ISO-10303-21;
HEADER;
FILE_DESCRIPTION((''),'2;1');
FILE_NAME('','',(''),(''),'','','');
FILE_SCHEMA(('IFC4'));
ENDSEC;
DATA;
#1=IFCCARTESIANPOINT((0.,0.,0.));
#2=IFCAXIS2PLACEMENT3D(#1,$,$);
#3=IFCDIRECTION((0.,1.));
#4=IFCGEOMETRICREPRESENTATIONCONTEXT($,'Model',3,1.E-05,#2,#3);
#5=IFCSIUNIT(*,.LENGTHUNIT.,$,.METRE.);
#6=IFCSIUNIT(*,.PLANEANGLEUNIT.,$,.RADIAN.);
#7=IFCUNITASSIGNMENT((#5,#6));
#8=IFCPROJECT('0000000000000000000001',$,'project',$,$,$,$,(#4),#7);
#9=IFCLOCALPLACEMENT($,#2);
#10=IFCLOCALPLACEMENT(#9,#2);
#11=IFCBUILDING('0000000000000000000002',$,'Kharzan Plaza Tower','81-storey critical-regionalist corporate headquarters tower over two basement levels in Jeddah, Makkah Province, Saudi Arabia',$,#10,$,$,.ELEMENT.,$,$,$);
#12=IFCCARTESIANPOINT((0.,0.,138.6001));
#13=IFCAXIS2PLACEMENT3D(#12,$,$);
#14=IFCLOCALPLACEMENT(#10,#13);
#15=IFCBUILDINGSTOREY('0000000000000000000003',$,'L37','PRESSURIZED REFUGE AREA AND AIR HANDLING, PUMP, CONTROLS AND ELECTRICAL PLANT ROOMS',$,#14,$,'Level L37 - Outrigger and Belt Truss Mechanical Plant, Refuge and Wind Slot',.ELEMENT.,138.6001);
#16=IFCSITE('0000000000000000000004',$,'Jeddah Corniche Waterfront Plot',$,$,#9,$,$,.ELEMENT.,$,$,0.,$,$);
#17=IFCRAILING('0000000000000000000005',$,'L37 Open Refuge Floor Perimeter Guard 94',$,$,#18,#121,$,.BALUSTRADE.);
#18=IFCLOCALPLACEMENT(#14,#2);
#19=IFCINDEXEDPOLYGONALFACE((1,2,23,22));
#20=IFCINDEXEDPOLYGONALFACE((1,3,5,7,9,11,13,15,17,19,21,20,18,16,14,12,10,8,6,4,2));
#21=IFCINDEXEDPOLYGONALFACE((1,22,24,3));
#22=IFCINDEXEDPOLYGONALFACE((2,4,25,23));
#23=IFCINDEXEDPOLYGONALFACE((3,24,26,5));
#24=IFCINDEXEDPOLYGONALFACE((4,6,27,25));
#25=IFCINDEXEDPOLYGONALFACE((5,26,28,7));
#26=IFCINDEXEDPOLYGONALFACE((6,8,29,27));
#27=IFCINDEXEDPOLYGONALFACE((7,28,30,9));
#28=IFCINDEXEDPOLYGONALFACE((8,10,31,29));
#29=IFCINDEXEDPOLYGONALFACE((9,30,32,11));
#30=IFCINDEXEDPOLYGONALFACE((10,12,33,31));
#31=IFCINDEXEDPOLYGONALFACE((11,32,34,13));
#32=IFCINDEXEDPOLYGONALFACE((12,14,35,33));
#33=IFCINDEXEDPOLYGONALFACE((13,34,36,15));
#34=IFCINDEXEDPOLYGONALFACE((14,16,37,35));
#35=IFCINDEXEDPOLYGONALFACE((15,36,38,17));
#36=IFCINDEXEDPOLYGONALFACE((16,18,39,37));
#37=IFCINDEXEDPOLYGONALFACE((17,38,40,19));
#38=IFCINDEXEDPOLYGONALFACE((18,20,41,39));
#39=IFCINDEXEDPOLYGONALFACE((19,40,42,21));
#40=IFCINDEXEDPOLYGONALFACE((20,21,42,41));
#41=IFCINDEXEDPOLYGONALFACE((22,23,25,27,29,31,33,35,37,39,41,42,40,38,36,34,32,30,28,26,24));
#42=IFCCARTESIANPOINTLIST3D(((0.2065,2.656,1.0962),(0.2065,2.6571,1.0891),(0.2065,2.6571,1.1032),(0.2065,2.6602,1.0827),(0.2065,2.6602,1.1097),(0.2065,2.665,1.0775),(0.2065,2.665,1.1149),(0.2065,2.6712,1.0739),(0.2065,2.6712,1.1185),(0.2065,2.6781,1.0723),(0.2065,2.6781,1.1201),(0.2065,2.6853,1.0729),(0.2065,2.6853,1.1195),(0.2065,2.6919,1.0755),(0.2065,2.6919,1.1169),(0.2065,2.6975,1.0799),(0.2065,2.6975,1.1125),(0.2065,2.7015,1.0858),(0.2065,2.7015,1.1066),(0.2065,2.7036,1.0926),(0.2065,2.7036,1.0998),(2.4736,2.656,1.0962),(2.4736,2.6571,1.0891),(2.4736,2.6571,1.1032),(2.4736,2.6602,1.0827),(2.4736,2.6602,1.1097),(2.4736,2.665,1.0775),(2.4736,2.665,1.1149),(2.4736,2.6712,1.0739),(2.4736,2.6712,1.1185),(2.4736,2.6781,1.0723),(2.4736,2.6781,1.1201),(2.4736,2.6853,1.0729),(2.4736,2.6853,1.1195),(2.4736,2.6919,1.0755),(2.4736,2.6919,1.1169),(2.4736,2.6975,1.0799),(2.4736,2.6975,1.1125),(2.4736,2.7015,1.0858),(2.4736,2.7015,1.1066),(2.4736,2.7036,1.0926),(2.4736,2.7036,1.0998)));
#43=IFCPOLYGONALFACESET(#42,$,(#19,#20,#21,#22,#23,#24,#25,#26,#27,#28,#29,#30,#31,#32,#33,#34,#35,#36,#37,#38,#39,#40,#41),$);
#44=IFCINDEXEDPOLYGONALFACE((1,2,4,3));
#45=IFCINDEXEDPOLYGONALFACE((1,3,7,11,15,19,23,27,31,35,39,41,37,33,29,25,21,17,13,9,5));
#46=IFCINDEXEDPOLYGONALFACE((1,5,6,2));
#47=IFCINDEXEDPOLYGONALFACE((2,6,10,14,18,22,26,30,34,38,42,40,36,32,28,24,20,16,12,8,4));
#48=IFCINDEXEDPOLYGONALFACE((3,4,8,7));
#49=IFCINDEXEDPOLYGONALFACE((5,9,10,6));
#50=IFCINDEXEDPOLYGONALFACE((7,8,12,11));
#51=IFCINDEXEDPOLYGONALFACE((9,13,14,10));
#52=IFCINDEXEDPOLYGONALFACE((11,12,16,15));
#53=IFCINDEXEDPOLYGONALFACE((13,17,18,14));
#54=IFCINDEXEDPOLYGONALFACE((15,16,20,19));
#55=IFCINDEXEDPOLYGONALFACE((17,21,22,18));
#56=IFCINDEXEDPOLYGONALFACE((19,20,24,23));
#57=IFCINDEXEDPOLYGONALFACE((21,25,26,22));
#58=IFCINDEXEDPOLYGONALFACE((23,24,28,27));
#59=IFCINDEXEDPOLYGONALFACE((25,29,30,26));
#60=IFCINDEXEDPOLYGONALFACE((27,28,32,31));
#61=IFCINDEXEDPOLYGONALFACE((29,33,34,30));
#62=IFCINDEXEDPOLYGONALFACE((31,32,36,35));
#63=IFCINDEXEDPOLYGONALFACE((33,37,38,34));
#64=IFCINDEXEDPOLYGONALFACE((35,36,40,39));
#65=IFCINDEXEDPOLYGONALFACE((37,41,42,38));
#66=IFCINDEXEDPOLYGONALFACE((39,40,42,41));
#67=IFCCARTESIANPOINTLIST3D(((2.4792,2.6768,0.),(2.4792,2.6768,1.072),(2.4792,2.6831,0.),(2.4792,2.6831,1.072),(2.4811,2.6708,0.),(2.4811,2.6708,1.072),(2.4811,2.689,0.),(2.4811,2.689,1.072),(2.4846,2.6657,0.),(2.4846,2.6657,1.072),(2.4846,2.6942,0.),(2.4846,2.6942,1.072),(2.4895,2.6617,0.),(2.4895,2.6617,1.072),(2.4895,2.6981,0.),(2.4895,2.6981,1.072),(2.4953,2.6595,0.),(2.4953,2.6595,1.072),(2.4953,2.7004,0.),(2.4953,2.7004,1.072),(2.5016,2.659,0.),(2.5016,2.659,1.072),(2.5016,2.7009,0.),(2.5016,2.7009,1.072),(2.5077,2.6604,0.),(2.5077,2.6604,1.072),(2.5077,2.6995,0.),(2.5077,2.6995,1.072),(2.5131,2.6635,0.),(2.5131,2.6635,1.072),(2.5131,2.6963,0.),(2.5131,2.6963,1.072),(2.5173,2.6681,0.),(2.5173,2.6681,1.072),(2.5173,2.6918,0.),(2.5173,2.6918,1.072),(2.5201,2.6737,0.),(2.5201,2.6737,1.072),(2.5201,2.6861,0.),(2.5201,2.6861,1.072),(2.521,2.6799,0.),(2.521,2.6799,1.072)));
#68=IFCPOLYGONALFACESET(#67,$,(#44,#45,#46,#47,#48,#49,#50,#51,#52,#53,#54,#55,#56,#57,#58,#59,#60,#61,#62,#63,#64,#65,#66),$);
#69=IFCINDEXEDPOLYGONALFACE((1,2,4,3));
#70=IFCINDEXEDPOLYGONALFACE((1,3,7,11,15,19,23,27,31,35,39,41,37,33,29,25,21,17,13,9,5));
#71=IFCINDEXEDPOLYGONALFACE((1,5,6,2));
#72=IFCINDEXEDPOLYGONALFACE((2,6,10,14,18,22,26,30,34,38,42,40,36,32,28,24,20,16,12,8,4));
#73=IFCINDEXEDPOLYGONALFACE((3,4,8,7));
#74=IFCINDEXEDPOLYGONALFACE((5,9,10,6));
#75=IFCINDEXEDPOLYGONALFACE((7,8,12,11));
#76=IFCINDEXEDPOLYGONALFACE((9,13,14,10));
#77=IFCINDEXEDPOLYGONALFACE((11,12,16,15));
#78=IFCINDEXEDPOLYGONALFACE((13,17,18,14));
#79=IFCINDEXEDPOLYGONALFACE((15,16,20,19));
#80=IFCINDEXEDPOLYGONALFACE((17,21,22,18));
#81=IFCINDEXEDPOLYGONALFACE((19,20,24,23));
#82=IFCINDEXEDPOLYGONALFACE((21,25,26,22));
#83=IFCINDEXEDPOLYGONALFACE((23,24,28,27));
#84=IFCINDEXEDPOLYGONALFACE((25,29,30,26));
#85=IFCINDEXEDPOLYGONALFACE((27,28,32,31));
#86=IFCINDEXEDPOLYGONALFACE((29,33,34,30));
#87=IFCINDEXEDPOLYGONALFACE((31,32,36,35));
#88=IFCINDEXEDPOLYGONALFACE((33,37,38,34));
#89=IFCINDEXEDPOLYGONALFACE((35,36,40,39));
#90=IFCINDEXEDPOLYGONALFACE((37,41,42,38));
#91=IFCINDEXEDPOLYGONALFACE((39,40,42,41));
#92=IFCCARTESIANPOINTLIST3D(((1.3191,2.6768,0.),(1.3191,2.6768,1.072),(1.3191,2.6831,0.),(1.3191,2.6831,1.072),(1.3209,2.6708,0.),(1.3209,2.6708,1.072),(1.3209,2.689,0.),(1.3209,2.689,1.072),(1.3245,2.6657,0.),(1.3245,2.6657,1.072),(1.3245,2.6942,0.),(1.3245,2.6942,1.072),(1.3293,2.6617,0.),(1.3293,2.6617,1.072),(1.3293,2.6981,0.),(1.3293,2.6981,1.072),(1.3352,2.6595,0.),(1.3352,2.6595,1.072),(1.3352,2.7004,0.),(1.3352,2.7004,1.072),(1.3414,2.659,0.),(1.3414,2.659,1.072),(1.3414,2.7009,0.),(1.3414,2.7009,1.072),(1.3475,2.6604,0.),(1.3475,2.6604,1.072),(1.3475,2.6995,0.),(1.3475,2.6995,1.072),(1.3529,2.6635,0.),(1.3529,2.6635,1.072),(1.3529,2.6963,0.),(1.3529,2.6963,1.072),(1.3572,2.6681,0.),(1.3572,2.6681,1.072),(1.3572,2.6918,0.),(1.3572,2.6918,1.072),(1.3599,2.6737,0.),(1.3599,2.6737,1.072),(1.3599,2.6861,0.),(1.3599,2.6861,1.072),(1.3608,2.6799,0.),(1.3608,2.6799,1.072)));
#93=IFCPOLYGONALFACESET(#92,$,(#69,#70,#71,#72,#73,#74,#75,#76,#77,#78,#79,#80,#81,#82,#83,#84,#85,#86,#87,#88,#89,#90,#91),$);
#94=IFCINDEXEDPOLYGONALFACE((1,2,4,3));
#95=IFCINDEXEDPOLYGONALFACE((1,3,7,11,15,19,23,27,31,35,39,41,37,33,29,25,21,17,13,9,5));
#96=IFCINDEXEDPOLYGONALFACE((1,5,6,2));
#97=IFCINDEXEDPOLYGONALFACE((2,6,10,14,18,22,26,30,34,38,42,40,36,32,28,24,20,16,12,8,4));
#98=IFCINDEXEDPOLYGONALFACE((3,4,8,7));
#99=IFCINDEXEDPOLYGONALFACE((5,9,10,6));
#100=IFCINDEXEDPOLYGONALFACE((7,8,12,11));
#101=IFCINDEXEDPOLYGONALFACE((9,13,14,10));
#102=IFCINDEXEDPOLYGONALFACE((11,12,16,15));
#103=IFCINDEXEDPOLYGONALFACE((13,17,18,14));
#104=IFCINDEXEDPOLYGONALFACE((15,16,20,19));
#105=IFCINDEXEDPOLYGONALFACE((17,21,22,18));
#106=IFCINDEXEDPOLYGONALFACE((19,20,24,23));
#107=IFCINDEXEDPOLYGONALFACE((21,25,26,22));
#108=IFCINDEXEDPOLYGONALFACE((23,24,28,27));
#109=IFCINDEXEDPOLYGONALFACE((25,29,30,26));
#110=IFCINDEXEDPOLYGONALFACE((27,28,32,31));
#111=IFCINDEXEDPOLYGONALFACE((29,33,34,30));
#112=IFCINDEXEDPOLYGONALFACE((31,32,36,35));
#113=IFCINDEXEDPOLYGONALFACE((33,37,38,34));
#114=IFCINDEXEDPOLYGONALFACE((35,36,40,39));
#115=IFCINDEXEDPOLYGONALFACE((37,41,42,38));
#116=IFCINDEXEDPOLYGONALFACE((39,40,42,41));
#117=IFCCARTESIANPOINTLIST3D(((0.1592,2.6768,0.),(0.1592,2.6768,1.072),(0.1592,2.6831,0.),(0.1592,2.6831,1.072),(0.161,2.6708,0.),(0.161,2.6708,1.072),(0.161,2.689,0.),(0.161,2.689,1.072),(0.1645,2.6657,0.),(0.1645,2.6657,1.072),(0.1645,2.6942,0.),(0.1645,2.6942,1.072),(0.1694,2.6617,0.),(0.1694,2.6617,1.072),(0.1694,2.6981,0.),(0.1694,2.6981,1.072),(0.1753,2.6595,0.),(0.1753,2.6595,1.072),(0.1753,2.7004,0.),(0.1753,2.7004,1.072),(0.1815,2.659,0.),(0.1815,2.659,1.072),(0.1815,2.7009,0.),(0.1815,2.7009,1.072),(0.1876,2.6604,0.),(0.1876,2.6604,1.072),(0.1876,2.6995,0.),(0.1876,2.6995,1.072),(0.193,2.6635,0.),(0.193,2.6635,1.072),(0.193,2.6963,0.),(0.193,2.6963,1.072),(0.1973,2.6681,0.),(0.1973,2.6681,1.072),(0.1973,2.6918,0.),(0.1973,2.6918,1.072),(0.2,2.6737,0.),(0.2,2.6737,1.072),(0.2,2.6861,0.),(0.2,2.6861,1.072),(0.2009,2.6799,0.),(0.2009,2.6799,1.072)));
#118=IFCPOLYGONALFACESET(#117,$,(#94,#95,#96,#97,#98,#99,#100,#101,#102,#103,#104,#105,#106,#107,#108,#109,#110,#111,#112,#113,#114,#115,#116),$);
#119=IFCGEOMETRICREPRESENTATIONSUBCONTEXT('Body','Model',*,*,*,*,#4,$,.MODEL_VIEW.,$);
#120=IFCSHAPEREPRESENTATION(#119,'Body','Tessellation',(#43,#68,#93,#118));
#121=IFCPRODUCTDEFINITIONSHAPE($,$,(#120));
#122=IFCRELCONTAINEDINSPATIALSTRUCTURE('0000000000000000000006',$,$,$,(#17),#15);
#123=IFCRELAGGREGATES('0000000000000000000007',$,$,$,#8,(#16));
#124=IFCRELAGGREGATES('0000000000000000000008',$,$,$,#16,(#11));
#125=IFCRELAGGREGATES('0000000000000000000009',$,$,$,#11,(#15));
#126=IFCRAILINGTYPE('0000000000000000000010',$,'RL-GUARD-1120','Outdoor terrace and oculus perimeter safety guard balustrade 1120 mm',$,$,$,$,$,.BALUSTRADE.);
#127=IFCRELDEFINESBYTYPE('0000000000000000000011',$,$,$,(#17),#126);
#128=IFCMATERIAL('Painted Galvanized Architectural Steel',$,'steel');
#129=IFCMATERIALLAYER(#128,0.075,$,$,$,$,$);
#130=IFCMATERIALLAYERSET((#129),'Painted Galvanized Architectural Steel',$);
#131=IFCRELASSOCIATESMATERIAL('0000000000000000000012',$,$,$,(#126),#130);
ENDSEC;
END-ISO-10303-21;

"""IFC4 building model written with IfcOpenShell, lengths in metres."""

from ifc_helpers import new_model, si_unit, direction, frame, origin, origin_2d, place, context, subcontext, project, spatial, circle, extrude, source, transform, mapped, material, layer, layer_set, type_object, element, save


model = new_model("IFC4")

# Units and contexts
model_context = context("Model", 3, precision=1e-05, world=origin(), true_north=direction((0.0, 1.0)))
body_context = subcontext(model_context, "Body", "Model", "MODEL_VIEW")
ifc_project = project(units=[si_unit("LENGTHUNIT", "METRE"), si_unit("PLANEANGLEUNIT", "RADIAN")], contexts=[model_context])

# Site, building, storey
site_placement = place(None, origin())
site = spatial("IfcSite", under=ifc_project, at=site_placement, Name="Jeddah Corniche Waterfront Plot", CompositionType="ELEMENT", RefElevation=0.0)
building_placement = place(site_placement, origin())
building = spatial("IfcBuilding", under=site, at=building_placement, Name="Kharzan Plaza Tower", Description="81-storey critical-regionalist corporate headquarters tower over two basement levels in Jeddah, Makkah Province, Saudi Arabia", CompositionType="ELEMENT")
storey_placement = place(building_placement, frame((0.0, 0.0, 138.6001)))
storey = spatial("IfcBuildingStorey", under=building, at=storey_placement, Name="L37", Description="PRESSURIZED REFUGE AREA AND AIR HANDLING, PUMP, CONTROLS AND ELECTRICAL PLANT ROOMS", LongName="Level L37 - Outrigger and Belt Truss Mechanical Plant, Refuge and Wind Slot", CompositionType="ELEMENT", Elevation=138.6001)

# Railing
ifc_material_1 = material(Name="Painted Galvanized Architectural Steel", Category="steel")
ifc_layer_1 = layer(ifc_material_1, 0.075)
ifc_layer_set_1 = layer_set([ifc_layer_1], Name="Painted Galvanized Architectural Steel")
railing_type = type_object("IfcRailingType", Name="RL-GUARD-1120", Description="Outdoor terrace and oculus perimeter safety guard balustrade 1120 mm", PredefinedType="BALUSTRADE", material=ifc_layer_set_1)
shared_shape_1 = source(origin(), body_context, "Body", "SweptSolid", [
    extrude(circle(Radius=0.0239, at=origin_2d()), frame((-0.0264, 0.0, 1.0962), z_axis=(-1.0, 0.0, 0.0), x_axis=(0.0, -1.0, 0.0)), (0.0, 0.0, 1.0), 2.2671),
    extrude(circle(Radius=0.021, at=origin_2d()), origin(), (0.0, 0.0, 1.0), 1.072),
    extrude(circle(Radius=0.021, at=origin_2d()), frame((-1.1602, 0.0, 0.0)), (0.0, 0.0, 1.0), 1.072),
    extrude(circle(Radius=0.021, at=origin_2d()), frame((-2.3201, 0.0, 0.0)), (0.0, 0.0, 1.0), 1.072),
])
railing_1_placement = place(storey_placement, frame((2.5, 2.6799, 0.0)))
element("IfcRailing", 1, at=railing_1_placement, inside=storey, type_object=railing_type, Name="L37 Open Refuge Floor Perimeter Guard 94", PredefinedType="BALUSTRADE", context=body_context, shape_type="MappedRepresentation", body=[
    mapped(shared_shape_1, transform((0.0, 0.0, 0.0), x_axis=(1.0, 0.0, 0.0), y_axis=(0.0, 1.0, 0.0), z_axis=(0.0, 0.0, 1.0))),
])

save(model, "model.ifc")
